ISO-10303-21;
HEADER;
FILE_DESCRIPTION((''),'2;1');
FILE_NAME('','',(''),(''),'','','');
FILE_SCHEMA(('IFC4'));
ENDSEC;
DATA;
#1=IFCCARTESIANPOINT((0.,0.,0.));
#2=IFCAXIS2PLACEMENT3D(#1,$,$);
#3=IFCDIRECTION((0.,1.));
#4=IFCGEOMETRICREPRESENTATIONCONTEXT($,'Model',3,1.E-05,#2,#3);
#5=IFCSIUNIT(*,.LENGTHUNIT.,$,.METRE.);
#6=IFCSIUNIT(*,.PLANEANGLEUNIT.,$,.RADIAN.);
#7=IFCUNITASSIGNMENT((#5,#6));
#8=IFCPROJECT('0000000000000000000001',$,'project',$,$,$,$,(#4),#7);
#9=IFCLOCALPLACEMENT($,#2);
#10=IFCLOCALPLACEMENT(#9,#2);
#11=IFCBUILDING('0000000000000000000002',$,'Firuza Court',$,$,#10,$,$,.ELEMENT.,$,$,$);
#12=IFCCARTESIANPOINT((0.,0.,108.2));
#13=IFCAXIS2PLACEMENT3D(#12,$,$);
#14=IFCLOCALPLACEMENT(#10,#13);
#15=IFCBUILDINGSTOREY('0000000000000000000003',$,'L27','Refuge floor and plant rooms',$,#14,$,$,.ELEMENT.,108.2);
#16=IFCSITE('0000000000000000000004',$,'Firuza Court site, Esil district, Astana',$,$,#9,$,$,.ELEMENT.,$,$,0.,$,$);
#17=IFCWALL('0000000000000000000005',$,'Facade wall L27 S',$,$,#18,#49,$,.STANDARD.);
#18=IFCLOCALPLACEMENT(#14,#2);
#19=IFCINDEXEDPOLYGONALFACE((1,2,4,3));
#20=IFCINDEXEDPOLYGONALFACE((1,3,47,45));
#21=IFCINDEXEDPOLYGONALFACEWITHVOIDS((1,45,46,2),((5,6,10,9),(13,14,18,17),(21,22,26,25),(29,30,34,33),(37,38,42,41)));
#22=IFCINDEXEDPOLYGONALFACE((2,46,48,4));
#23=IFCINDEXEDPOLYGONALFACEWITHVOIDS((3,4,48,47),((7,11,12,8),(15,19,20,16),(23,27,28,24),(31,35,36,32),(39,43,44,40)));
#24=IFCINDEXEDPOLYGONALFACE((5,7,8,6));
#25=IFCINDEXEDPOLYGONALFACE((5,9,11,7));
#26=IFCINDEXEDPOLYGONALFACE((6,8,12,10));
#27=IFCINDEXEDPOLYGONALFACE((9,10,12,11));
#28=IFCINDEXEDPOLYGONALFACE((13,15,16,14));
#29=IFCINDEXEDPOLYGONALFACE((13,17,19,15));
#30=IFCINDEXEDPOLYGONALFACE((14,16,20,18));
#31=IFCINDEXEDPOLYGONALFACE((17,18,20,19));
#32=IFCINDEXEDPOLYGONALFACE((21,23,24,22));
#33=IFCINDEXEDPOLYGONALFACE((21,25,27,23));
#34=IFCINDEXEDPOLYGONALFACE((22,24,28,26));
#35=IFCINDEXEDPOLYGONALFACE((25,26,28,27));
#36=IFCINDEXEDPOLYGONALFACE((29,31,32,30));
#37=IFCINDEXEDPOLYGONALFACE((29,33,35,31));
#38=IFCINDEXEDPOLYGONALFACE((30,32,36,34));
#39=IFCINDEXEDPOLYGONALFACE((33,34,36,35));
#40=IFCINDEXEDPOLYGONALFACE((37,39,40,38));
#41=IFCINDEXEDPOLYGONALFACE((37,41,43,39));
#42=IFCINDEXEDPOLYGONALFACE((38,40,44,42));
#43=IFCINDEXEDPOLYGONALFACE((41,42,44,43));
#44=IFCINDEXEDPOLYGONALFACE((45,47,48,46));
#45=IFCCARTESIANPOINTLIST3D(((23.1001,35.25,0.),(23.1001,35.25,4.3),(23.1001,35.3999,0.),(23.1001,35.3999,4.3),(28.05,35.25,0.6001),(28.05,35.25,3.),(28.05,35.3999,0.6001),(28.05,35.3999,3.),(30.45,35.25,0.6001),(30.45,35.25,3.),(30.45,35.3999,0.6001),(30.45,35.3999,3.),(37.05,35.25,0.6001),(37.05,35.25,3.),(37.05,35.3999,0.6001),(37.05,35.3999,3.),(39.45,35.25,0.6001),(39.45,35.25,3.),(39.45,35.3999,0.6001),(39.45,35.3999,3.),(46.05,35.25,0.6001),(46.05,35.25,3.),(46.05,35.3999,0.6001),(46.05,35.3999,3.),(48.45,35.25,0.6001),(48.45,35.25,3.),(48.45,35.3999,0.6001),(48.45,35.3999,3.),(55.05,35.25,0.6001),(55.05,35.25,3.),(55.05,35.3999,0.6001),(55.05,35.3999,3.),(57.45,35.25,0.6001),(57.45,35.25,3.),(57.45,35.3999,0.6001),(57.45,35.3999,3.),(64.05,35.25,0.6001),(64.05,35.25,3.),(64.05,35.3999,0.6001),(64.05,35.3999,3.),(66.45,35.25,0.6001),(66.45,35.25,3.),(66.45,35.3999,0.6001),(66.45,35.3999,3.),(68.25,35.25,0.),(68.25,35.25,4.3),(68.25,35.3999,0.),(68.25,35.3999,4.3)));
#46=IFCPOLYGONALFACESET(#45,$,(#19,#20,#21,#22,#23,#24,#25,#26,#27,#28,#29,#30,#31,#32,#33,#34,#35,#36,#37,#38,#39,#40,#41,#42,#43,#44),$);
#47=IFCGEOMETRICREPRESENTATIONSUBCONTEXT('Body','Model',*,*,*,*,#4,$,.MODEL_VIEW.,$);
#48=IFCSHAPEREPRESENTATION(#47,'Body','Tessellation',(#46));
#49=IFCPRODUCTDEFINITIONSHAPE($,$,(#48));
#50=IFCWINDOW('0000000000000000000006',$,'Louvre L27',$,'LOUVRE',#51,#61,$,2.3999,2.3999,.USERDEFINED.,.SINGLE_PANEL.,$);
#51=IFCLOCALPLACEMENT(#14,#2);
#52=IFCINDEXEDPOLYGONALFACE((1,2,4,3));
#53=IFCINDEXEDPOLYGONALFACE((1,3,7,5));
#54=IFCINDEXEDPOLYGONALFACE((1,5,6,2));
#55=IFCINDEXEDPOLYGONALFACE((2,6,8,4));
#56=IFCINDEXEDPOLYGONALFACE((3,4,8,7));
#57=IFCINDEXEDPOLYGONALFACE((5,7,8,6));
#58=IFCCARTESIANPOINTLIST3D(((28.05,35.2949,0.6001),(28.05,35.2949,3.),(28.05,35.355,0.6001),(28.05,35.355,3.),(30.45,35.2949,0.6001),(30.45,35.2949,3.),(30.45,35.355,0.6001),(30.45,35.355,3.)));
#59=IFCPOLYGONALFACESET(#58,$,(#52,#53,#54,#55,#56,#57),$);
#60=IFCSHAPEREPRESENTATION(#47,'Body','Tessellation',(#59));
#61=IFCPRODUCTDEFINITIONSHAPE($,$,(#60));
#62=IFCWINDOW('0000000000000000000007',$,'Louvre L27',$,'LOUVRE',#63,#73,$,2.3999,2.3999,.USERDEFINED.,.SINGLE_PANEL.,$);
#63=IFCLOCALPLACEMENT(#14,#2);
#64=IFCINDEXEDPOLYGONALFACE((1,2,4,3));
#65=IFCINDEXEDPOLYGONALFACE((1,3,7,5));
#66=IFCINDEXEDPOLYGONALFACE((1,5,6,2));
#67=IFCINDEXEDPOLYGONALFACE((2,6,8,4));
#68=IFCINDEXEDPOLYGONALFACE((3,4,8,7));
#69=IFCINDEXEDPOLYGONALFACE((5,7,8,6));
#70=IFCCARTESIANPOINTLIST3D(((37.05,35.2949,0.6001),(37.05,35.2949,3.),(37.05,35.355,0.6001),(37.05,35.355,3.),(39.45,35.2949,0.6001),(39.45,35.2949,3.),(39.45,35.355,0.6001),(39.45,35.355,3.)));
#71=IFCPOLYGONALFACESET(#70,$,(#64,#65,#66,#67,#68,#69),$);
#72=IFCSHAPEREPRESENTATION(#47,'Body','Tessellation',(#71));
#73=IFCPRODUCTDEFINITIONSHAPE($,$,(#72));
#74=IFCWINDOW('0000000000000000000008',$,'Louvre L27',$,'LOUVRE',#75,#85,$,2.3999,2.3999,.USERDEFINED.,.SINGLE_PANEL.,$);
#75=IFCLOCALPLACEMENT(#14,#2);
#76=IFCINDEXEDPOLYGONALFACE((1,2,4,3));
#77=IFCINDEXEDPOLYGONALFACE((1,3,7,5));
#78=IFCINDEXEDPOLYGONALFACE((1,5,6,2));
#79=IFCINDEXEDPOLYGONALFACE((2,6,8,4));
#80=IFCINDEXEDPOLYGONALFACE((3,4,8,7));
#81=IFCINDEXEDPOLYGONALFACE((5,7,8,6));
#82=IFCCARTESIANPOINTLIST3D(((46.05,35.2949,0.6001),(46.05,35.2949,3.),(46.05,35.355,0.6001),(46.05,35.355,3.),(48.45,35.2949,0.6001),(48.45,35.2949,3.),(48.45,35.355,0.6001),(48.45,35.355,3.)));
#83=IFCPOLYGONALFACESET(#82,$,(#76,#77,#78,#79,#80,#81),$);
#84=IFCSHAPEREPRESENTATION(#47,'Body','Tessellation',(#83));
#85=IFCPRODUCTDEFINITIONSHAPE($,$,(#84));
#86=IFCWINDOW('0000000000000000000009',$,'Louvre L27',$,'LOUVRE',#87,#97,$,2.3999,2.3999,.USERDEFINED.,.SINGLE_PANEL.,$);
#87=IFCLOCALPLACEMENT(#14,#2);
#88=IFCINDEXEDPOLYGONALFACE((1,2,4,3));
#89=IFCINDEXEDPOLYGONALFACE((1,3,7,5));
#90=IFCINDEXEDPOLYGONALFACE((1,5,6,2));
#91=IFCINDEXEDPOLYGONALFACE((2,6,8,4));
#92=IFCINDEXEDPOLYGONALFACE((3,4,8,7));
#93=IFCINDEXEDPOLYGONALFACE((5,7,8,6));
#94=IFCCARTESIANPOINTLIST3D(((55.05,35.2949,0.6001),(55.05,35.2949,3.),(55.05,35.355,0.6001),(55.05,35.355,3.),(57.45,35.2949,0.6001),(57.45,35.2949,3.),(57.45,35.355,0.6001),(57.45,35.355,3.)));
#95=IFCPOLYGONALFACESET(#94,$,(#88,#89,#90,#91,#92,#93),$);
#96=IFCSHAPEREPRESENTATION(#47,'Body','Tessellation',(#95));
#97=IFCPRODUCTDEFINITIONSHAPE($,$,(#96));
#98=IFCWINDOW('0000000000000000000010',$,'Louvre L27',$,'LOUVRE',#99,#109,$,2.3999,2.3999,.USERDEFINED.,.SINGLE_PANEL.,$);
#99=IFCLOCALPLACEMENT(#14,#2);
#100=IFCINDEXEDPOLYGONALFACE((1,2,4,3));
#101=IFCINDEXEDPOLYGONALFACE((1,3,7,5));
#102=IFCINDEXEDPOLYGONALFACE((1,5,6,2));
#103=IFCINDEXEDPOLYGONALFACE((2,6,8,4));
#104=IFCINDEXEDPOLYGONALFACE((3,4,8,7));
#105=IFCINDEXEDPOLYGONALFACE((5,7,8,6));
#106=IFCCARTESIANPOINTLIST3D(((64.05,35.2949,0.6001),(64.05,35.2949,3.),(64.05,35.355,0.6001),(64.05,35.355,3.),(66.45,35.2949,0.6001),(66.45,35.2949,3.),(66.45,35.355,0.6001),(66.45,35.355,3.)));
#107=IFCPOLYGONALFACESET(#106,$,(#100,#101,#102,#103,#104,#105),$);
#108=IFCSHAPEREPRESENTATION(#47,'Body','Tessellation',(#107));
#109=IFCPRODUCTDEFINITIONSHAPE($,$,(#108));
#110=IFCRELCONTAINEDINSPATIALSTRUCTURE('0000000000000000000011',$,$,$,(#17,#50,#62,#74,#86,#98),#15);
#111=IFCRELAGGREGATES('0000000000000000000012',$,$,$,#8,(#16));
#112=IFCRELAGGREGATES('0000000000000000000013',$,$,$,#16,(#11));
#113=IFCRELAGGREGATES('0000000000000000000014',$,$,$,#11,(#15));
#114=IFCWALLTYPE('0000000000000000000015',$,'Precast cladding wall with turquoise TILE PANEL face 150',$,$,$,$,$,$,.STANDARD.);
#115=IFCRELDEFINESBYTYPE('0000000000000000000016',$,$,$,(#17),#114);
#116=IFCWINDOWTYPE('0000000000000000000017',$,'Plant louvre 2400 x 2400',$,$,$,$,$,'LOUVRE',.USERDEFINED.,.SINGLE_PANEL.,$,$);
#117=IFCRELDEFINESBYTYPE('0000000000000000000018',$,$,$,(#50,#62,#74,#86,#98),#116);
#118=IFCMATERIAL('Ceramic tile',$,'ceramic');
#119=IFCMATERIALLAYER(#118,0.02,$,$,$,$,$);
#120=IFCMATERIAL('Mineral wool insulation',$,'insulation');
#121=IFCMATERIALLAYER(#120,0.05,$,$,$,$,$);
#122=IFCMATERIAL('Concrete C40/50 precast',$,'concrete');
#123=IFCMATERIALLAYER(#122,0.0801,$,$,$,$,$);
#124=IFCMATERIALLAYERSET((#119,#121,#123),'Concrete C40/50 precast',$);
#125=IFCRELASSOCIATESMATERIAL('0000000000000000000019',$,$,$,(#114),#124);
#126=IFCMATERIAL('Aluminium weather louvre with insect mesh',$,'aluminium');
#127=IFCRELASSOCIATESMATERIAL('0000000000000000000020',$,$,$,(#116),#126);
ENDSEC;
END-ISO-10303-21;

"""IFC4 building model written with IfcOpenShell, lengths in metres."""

from ifc_helpers import new_model, si_unit, direction, frame, frame_2d, origin, place, context, subcontext, project, spatial, rectangle, extrude, material, layer, layer_set, type_object, element, fill, save


model = new_model("IFC4")

# Units and contexts
model_context = context("Model", 3, precision=1e-05, world=origin(), true_north=direction((0.0, 1.0)))
body_context = subcontext(model_context, "Body", "Model", "MODEL_VIEW")
ifc_project = project(units=[si_unit("LENGTHUNIT", "METRE"), si_unit("PLANEANGLEUNIT", "RADIAN")], contexts=[model_context])

# Site, building, storey
site_placement = place(None, origin())
site = spatial("IfcSite", under=ifc_project, at=site_placement, Name="Firuza Court site, Esil district, Astana", CompositionType="ELEMENT", RefElevation=0.0)
building_placement = place(site_placement, origin())
building = spatial("IfcBuilding", under=site, at=building_placement, Name="Firuza Court", CompositionType="ELEMENT")
storey_placement = place(building_placement, frame((0.0, 0.0, 108.2)))
storey = spatial("IfcBuildingStorey", under=building, at=storey_placement, Name="L27", Description="Refuge floor and plant rooms", CompositionType="ELEMENT", Elevation=108.2)

# Wall, openings, windows
ifc_material_1 = material(Name="Ceramic tile", Category="ceramic")
ifc_layer_1 = layer(ifc_material_1, 0.02)
ifc_material_2 = material(Name="Mineral wool insulation", Category="insulation")
ifc_layer_2 = layer(ifc_material_2, 0.05)
ifc_material_3 = material(Name="Concrete C40/50 precast", Category="concrete")
ifc_layer_3 = layer(ifc_material_3, 0.0801)
ifc_layer_set_1 = layer_set([ifc_layer_1, ifc_layer_2, ifc_layer_3], Name="Concrete C40/50 precast")
wall_type_1 = type_object("IfcWallType", Name="Precast cladding wall with turquoise TILE PANEL face 150", PredefinedType="STANDARD", material=ifc_layer_set_1)
wall_1_placement = place(storey_placement, frame((23.1001, 35.325, 0.0), z_axis=(0.0, 0.0, 1.0), x_axis=(1.0, 0.0, 0.0)))
wall_1 = element("IfcWall", 1, at=wall_1_placement, inside=storey, type_object=wall_type_1, Name="Facade wall L27 S", PredefinedType="STANDARD", context=body_context, shape_type="SweptSolid", body=[
    extrude(rectangle(XDim=45.1499, YDim=0.1499, at=frame_2d((22.575, 0.0))), origin(), (0.0, 0.0, 1.0), 4.3),
])
opening_1_placement = place(wall_1_placement, frame((4.95, 0.0, 0.6001)))
opening_1 = element("IfcOpeningElement", 2, at=opening_1_placement, cuts=wall_1, PredefinedType="OPENING", context=body_context, shape_type="SweptSolid", body=[
    extrude(rectangle(XDim=2.3999, YDim=2.3999, at=frame_2d((1.2, 1.2))), frame((0.0, 0.0869, 0.0), z_axis=(0.0, -1.0, 0.0), x_axis=(1.0, 0.0, 0.0)), (0.0, 0.0, 1.0), 0.1738),
])
opening_2_placement = place(wall_1_placement, frame((13.95, 0.0, 0.6001)))
opening_2 = element("IfcOpeningElement", 3, at=opening_2_placement, cuts=wall_1, PredefinedType="OPENING", context=body_context, shape_type="SweptSolid", body=[
    extrude(rectangle(XDim=2.3999, YDim=2.3999, at=frame_2d((1.2, 1.2))), frame((0.0, 0.0869, 0.0), z_axis=(0.0, -1.0, 0.0), x_axis=(1.0, 0.0, 0.0)), (0.0, 0.0, 1.0), 0.1738),
])
opening_3_placement = place(wall_1_placement, frame((22.95, 0.0, 0.6001)))
opening_3 = element("IfcOpeningElement", 4, at=opening_3_placement, cuts=wall_1, PredefinedType="OPENING", context=body_context, shape_type="SweptSolid", body=[
    extrude(rectangle(XDim=2.3999, YDim=2.3999, at=frame_2d((1.2, 1.2))), frame((0.0, 0.0869, 0.0), z_axis=(0.0, -1.0, 0.0), x_axis=(1.0, 0.0, 0.0)), (0.0, 0.0, 1.0), 0.1738),
])
opening_4_placement = place(wall_1_placement, frame((31.95, 0.0, 0.6001)))
opening_4 = element("IfcOpeningElement", 5, at=opening_4_placement, cuts=wall_1, PredefinedType="OPENING", context=body_context, shape_type="SweptSolid", body=[
    extrude(rectangle(XDim=2.3999, YDim=2.3999, at=frame_2d((1.2, 1.2))), frame((0.0, 0.0869, 0.0), z_axis=(0.0, -1.0, 0.0), x_axis=(1.0, 0.0, 0.0)), (0.0, 0.0, 1.0), 0.1738),
])
opening_5_placement = place(wall_1_placement, frame((40.95, 0.0, 0.6001)))
opening_5 = element("IfcOpeningElement", 6, at=opening_5_placement, cuts=wall_1, PredefinedType="OPENING", context=body_context, shape_type="SweptSolid", body=[
    extrude(rectangle(XDim=2.3999, YDim=2.3999, at=frame_2d((1.2, 1.2))), frame((0.0, 0.0869, 0.0), z_axis=(0.0, -1.0, 0.0), x_axis=(1.0, 0.0, 0.0)), (0.0, 0.0, 1.0), 0.1738),
])
ifc_material_4 = material(Name="Aluminium weather louvre with insect mesh", Category="aluminium")
window_type = type_object("IfcWindowType", Name="Plant louvre 2400 x 2400", ElementType="LOUVRE", PartitioningType="SINGLE_PANEL", PredefinedType="USERDEFINED", material=ifc_material_4)
window_1_placement = place(opening_1_placement, origin())
window_1 = element("IfcWindow", 7, at=window_1_placement, inside=storey, type_object=window_type, Name="Louvre L27", ObjectType="LOUVRE", OverallHeight=2.3999, OverallWidth=2.3999, PartitioningType="SINGLE_PANEL", PredefinedType="USERDEFINED", context=body_context, shape_type="SweptSolid", body=[
    extrude(rectangle(XDim=2.3999, YDim=2.3999, at=frame_2d((1.2, 1.2))), frame((0.0, 0.03, 0.0), z_axis=(0.0, -1.0, 0.0), x_axis=(1.0, 0.0, 0.0)), (0.0, 0.0, 1.0), 0.0601),
])
fill(opening_1, window_1)
window_2_placement = place(opening_2_placement, origin())
window_2 = element("IfcWindow", 8, at=window_2_placement, inside=storey, type_object=window_type, Name="Louvre L27", ObjectType="LOUVRE", OverallHeight=2.3999, OverallWidth=2.3999, PartitioningType="SINGLE_PANEL", PredefinedType="USERDEFINED", context=body_context, shape_type="SweptSolid", body=[
    extrude(rectangle(XDim=2.3999, YDim=2.3999, at=frame_2d((1.2, 1.2))), frame((0.0, 0.03, 0.0), z_axis=(0.0, -1.0, 0.0), x_axis=(1.0, 0.0, 0.0)), (0.0, 0.0, 1.0), 0.0601),
])
fill(opening_2, window_2)
window_3_placement = place(opening_3_placement, origin())
window_3 = element("IfcWindow", 9, at=window_3_placement, inside=storey, type_object=window_type, Name="Louvre L27", ObjectType="LOUVRE", OverallHeight=2.3999, OverallWidth=2.3999, PartitioningType="SINGLE_PANEL", PredefinedType="USERDEFINED", context=body_context, shape_type="SweptSolid", body=[
    extrude(rectangle(XDim=2.3999, YDim=2.3999, at=frame_2d((1.2, 1.2))), frame((0.0, 0.03, 0.0), z_axis=(0.0, -1.0, 0.0), x_axis=(1.0, 0.0, 0.0)), (0.0, 0.0, 1.0), 0.0601),
])
fill(opening_3, window_3)
window_4_placement = place(opening_4_placement, origin())
window_4 = element("IfcWindow", 10, at=window_4_placement, inside=storey, type_object=window_type, Name="Louvre L27", ObjectType="LOUVRE", OverallHeight=2.3999, OverallWidth=2.3999, PartitioningType="SINGLE_PANEL", PredefinedType="USERDEFINED", context=body_context, shape_type="SweptSolid", body=[
    extrude(rectangle(XDim=2.3999, YDim=2.3999, at=frame_2d((1.2, 1.2))), frame((0.0, 0.03, 0.0), z_axis=(0.0, -1.0, 0.0), x_axis=(1.0, 0.0, 0.0)), (0.0, 0.0, 1.0), 0.0601),
])
fill(opening_4, window_4)
window_5_placement = place(opening_5_placement, origin())
window_5 = element("IfcWindow", 11, at=window_5_placement, inside=storey, type_object=window_type, Name="Louvre L27", ObjectType="LOUVRE", OverallHeight=2.3999, OverallWidth=2.3999, PartitioningType="SINGLE_PANEL", PredefinedType="USERDEFINED", context=body_context, shape_type="SweptSolid", body=[
    extrude(rectangle(XDim=2.3999, YDim=2.3999, at=frame_2d((1.2, 1.2))), frame((0.0, 0.03, 0.0), z_axis=(0.0, -1.0, 0.0), x_axis=(1.0, 0.0, 0.0)), (0.0, 0.0, 1.0), 0.0601),
])
fill(opening_5, window_5)

save(model, "model.ifc")
